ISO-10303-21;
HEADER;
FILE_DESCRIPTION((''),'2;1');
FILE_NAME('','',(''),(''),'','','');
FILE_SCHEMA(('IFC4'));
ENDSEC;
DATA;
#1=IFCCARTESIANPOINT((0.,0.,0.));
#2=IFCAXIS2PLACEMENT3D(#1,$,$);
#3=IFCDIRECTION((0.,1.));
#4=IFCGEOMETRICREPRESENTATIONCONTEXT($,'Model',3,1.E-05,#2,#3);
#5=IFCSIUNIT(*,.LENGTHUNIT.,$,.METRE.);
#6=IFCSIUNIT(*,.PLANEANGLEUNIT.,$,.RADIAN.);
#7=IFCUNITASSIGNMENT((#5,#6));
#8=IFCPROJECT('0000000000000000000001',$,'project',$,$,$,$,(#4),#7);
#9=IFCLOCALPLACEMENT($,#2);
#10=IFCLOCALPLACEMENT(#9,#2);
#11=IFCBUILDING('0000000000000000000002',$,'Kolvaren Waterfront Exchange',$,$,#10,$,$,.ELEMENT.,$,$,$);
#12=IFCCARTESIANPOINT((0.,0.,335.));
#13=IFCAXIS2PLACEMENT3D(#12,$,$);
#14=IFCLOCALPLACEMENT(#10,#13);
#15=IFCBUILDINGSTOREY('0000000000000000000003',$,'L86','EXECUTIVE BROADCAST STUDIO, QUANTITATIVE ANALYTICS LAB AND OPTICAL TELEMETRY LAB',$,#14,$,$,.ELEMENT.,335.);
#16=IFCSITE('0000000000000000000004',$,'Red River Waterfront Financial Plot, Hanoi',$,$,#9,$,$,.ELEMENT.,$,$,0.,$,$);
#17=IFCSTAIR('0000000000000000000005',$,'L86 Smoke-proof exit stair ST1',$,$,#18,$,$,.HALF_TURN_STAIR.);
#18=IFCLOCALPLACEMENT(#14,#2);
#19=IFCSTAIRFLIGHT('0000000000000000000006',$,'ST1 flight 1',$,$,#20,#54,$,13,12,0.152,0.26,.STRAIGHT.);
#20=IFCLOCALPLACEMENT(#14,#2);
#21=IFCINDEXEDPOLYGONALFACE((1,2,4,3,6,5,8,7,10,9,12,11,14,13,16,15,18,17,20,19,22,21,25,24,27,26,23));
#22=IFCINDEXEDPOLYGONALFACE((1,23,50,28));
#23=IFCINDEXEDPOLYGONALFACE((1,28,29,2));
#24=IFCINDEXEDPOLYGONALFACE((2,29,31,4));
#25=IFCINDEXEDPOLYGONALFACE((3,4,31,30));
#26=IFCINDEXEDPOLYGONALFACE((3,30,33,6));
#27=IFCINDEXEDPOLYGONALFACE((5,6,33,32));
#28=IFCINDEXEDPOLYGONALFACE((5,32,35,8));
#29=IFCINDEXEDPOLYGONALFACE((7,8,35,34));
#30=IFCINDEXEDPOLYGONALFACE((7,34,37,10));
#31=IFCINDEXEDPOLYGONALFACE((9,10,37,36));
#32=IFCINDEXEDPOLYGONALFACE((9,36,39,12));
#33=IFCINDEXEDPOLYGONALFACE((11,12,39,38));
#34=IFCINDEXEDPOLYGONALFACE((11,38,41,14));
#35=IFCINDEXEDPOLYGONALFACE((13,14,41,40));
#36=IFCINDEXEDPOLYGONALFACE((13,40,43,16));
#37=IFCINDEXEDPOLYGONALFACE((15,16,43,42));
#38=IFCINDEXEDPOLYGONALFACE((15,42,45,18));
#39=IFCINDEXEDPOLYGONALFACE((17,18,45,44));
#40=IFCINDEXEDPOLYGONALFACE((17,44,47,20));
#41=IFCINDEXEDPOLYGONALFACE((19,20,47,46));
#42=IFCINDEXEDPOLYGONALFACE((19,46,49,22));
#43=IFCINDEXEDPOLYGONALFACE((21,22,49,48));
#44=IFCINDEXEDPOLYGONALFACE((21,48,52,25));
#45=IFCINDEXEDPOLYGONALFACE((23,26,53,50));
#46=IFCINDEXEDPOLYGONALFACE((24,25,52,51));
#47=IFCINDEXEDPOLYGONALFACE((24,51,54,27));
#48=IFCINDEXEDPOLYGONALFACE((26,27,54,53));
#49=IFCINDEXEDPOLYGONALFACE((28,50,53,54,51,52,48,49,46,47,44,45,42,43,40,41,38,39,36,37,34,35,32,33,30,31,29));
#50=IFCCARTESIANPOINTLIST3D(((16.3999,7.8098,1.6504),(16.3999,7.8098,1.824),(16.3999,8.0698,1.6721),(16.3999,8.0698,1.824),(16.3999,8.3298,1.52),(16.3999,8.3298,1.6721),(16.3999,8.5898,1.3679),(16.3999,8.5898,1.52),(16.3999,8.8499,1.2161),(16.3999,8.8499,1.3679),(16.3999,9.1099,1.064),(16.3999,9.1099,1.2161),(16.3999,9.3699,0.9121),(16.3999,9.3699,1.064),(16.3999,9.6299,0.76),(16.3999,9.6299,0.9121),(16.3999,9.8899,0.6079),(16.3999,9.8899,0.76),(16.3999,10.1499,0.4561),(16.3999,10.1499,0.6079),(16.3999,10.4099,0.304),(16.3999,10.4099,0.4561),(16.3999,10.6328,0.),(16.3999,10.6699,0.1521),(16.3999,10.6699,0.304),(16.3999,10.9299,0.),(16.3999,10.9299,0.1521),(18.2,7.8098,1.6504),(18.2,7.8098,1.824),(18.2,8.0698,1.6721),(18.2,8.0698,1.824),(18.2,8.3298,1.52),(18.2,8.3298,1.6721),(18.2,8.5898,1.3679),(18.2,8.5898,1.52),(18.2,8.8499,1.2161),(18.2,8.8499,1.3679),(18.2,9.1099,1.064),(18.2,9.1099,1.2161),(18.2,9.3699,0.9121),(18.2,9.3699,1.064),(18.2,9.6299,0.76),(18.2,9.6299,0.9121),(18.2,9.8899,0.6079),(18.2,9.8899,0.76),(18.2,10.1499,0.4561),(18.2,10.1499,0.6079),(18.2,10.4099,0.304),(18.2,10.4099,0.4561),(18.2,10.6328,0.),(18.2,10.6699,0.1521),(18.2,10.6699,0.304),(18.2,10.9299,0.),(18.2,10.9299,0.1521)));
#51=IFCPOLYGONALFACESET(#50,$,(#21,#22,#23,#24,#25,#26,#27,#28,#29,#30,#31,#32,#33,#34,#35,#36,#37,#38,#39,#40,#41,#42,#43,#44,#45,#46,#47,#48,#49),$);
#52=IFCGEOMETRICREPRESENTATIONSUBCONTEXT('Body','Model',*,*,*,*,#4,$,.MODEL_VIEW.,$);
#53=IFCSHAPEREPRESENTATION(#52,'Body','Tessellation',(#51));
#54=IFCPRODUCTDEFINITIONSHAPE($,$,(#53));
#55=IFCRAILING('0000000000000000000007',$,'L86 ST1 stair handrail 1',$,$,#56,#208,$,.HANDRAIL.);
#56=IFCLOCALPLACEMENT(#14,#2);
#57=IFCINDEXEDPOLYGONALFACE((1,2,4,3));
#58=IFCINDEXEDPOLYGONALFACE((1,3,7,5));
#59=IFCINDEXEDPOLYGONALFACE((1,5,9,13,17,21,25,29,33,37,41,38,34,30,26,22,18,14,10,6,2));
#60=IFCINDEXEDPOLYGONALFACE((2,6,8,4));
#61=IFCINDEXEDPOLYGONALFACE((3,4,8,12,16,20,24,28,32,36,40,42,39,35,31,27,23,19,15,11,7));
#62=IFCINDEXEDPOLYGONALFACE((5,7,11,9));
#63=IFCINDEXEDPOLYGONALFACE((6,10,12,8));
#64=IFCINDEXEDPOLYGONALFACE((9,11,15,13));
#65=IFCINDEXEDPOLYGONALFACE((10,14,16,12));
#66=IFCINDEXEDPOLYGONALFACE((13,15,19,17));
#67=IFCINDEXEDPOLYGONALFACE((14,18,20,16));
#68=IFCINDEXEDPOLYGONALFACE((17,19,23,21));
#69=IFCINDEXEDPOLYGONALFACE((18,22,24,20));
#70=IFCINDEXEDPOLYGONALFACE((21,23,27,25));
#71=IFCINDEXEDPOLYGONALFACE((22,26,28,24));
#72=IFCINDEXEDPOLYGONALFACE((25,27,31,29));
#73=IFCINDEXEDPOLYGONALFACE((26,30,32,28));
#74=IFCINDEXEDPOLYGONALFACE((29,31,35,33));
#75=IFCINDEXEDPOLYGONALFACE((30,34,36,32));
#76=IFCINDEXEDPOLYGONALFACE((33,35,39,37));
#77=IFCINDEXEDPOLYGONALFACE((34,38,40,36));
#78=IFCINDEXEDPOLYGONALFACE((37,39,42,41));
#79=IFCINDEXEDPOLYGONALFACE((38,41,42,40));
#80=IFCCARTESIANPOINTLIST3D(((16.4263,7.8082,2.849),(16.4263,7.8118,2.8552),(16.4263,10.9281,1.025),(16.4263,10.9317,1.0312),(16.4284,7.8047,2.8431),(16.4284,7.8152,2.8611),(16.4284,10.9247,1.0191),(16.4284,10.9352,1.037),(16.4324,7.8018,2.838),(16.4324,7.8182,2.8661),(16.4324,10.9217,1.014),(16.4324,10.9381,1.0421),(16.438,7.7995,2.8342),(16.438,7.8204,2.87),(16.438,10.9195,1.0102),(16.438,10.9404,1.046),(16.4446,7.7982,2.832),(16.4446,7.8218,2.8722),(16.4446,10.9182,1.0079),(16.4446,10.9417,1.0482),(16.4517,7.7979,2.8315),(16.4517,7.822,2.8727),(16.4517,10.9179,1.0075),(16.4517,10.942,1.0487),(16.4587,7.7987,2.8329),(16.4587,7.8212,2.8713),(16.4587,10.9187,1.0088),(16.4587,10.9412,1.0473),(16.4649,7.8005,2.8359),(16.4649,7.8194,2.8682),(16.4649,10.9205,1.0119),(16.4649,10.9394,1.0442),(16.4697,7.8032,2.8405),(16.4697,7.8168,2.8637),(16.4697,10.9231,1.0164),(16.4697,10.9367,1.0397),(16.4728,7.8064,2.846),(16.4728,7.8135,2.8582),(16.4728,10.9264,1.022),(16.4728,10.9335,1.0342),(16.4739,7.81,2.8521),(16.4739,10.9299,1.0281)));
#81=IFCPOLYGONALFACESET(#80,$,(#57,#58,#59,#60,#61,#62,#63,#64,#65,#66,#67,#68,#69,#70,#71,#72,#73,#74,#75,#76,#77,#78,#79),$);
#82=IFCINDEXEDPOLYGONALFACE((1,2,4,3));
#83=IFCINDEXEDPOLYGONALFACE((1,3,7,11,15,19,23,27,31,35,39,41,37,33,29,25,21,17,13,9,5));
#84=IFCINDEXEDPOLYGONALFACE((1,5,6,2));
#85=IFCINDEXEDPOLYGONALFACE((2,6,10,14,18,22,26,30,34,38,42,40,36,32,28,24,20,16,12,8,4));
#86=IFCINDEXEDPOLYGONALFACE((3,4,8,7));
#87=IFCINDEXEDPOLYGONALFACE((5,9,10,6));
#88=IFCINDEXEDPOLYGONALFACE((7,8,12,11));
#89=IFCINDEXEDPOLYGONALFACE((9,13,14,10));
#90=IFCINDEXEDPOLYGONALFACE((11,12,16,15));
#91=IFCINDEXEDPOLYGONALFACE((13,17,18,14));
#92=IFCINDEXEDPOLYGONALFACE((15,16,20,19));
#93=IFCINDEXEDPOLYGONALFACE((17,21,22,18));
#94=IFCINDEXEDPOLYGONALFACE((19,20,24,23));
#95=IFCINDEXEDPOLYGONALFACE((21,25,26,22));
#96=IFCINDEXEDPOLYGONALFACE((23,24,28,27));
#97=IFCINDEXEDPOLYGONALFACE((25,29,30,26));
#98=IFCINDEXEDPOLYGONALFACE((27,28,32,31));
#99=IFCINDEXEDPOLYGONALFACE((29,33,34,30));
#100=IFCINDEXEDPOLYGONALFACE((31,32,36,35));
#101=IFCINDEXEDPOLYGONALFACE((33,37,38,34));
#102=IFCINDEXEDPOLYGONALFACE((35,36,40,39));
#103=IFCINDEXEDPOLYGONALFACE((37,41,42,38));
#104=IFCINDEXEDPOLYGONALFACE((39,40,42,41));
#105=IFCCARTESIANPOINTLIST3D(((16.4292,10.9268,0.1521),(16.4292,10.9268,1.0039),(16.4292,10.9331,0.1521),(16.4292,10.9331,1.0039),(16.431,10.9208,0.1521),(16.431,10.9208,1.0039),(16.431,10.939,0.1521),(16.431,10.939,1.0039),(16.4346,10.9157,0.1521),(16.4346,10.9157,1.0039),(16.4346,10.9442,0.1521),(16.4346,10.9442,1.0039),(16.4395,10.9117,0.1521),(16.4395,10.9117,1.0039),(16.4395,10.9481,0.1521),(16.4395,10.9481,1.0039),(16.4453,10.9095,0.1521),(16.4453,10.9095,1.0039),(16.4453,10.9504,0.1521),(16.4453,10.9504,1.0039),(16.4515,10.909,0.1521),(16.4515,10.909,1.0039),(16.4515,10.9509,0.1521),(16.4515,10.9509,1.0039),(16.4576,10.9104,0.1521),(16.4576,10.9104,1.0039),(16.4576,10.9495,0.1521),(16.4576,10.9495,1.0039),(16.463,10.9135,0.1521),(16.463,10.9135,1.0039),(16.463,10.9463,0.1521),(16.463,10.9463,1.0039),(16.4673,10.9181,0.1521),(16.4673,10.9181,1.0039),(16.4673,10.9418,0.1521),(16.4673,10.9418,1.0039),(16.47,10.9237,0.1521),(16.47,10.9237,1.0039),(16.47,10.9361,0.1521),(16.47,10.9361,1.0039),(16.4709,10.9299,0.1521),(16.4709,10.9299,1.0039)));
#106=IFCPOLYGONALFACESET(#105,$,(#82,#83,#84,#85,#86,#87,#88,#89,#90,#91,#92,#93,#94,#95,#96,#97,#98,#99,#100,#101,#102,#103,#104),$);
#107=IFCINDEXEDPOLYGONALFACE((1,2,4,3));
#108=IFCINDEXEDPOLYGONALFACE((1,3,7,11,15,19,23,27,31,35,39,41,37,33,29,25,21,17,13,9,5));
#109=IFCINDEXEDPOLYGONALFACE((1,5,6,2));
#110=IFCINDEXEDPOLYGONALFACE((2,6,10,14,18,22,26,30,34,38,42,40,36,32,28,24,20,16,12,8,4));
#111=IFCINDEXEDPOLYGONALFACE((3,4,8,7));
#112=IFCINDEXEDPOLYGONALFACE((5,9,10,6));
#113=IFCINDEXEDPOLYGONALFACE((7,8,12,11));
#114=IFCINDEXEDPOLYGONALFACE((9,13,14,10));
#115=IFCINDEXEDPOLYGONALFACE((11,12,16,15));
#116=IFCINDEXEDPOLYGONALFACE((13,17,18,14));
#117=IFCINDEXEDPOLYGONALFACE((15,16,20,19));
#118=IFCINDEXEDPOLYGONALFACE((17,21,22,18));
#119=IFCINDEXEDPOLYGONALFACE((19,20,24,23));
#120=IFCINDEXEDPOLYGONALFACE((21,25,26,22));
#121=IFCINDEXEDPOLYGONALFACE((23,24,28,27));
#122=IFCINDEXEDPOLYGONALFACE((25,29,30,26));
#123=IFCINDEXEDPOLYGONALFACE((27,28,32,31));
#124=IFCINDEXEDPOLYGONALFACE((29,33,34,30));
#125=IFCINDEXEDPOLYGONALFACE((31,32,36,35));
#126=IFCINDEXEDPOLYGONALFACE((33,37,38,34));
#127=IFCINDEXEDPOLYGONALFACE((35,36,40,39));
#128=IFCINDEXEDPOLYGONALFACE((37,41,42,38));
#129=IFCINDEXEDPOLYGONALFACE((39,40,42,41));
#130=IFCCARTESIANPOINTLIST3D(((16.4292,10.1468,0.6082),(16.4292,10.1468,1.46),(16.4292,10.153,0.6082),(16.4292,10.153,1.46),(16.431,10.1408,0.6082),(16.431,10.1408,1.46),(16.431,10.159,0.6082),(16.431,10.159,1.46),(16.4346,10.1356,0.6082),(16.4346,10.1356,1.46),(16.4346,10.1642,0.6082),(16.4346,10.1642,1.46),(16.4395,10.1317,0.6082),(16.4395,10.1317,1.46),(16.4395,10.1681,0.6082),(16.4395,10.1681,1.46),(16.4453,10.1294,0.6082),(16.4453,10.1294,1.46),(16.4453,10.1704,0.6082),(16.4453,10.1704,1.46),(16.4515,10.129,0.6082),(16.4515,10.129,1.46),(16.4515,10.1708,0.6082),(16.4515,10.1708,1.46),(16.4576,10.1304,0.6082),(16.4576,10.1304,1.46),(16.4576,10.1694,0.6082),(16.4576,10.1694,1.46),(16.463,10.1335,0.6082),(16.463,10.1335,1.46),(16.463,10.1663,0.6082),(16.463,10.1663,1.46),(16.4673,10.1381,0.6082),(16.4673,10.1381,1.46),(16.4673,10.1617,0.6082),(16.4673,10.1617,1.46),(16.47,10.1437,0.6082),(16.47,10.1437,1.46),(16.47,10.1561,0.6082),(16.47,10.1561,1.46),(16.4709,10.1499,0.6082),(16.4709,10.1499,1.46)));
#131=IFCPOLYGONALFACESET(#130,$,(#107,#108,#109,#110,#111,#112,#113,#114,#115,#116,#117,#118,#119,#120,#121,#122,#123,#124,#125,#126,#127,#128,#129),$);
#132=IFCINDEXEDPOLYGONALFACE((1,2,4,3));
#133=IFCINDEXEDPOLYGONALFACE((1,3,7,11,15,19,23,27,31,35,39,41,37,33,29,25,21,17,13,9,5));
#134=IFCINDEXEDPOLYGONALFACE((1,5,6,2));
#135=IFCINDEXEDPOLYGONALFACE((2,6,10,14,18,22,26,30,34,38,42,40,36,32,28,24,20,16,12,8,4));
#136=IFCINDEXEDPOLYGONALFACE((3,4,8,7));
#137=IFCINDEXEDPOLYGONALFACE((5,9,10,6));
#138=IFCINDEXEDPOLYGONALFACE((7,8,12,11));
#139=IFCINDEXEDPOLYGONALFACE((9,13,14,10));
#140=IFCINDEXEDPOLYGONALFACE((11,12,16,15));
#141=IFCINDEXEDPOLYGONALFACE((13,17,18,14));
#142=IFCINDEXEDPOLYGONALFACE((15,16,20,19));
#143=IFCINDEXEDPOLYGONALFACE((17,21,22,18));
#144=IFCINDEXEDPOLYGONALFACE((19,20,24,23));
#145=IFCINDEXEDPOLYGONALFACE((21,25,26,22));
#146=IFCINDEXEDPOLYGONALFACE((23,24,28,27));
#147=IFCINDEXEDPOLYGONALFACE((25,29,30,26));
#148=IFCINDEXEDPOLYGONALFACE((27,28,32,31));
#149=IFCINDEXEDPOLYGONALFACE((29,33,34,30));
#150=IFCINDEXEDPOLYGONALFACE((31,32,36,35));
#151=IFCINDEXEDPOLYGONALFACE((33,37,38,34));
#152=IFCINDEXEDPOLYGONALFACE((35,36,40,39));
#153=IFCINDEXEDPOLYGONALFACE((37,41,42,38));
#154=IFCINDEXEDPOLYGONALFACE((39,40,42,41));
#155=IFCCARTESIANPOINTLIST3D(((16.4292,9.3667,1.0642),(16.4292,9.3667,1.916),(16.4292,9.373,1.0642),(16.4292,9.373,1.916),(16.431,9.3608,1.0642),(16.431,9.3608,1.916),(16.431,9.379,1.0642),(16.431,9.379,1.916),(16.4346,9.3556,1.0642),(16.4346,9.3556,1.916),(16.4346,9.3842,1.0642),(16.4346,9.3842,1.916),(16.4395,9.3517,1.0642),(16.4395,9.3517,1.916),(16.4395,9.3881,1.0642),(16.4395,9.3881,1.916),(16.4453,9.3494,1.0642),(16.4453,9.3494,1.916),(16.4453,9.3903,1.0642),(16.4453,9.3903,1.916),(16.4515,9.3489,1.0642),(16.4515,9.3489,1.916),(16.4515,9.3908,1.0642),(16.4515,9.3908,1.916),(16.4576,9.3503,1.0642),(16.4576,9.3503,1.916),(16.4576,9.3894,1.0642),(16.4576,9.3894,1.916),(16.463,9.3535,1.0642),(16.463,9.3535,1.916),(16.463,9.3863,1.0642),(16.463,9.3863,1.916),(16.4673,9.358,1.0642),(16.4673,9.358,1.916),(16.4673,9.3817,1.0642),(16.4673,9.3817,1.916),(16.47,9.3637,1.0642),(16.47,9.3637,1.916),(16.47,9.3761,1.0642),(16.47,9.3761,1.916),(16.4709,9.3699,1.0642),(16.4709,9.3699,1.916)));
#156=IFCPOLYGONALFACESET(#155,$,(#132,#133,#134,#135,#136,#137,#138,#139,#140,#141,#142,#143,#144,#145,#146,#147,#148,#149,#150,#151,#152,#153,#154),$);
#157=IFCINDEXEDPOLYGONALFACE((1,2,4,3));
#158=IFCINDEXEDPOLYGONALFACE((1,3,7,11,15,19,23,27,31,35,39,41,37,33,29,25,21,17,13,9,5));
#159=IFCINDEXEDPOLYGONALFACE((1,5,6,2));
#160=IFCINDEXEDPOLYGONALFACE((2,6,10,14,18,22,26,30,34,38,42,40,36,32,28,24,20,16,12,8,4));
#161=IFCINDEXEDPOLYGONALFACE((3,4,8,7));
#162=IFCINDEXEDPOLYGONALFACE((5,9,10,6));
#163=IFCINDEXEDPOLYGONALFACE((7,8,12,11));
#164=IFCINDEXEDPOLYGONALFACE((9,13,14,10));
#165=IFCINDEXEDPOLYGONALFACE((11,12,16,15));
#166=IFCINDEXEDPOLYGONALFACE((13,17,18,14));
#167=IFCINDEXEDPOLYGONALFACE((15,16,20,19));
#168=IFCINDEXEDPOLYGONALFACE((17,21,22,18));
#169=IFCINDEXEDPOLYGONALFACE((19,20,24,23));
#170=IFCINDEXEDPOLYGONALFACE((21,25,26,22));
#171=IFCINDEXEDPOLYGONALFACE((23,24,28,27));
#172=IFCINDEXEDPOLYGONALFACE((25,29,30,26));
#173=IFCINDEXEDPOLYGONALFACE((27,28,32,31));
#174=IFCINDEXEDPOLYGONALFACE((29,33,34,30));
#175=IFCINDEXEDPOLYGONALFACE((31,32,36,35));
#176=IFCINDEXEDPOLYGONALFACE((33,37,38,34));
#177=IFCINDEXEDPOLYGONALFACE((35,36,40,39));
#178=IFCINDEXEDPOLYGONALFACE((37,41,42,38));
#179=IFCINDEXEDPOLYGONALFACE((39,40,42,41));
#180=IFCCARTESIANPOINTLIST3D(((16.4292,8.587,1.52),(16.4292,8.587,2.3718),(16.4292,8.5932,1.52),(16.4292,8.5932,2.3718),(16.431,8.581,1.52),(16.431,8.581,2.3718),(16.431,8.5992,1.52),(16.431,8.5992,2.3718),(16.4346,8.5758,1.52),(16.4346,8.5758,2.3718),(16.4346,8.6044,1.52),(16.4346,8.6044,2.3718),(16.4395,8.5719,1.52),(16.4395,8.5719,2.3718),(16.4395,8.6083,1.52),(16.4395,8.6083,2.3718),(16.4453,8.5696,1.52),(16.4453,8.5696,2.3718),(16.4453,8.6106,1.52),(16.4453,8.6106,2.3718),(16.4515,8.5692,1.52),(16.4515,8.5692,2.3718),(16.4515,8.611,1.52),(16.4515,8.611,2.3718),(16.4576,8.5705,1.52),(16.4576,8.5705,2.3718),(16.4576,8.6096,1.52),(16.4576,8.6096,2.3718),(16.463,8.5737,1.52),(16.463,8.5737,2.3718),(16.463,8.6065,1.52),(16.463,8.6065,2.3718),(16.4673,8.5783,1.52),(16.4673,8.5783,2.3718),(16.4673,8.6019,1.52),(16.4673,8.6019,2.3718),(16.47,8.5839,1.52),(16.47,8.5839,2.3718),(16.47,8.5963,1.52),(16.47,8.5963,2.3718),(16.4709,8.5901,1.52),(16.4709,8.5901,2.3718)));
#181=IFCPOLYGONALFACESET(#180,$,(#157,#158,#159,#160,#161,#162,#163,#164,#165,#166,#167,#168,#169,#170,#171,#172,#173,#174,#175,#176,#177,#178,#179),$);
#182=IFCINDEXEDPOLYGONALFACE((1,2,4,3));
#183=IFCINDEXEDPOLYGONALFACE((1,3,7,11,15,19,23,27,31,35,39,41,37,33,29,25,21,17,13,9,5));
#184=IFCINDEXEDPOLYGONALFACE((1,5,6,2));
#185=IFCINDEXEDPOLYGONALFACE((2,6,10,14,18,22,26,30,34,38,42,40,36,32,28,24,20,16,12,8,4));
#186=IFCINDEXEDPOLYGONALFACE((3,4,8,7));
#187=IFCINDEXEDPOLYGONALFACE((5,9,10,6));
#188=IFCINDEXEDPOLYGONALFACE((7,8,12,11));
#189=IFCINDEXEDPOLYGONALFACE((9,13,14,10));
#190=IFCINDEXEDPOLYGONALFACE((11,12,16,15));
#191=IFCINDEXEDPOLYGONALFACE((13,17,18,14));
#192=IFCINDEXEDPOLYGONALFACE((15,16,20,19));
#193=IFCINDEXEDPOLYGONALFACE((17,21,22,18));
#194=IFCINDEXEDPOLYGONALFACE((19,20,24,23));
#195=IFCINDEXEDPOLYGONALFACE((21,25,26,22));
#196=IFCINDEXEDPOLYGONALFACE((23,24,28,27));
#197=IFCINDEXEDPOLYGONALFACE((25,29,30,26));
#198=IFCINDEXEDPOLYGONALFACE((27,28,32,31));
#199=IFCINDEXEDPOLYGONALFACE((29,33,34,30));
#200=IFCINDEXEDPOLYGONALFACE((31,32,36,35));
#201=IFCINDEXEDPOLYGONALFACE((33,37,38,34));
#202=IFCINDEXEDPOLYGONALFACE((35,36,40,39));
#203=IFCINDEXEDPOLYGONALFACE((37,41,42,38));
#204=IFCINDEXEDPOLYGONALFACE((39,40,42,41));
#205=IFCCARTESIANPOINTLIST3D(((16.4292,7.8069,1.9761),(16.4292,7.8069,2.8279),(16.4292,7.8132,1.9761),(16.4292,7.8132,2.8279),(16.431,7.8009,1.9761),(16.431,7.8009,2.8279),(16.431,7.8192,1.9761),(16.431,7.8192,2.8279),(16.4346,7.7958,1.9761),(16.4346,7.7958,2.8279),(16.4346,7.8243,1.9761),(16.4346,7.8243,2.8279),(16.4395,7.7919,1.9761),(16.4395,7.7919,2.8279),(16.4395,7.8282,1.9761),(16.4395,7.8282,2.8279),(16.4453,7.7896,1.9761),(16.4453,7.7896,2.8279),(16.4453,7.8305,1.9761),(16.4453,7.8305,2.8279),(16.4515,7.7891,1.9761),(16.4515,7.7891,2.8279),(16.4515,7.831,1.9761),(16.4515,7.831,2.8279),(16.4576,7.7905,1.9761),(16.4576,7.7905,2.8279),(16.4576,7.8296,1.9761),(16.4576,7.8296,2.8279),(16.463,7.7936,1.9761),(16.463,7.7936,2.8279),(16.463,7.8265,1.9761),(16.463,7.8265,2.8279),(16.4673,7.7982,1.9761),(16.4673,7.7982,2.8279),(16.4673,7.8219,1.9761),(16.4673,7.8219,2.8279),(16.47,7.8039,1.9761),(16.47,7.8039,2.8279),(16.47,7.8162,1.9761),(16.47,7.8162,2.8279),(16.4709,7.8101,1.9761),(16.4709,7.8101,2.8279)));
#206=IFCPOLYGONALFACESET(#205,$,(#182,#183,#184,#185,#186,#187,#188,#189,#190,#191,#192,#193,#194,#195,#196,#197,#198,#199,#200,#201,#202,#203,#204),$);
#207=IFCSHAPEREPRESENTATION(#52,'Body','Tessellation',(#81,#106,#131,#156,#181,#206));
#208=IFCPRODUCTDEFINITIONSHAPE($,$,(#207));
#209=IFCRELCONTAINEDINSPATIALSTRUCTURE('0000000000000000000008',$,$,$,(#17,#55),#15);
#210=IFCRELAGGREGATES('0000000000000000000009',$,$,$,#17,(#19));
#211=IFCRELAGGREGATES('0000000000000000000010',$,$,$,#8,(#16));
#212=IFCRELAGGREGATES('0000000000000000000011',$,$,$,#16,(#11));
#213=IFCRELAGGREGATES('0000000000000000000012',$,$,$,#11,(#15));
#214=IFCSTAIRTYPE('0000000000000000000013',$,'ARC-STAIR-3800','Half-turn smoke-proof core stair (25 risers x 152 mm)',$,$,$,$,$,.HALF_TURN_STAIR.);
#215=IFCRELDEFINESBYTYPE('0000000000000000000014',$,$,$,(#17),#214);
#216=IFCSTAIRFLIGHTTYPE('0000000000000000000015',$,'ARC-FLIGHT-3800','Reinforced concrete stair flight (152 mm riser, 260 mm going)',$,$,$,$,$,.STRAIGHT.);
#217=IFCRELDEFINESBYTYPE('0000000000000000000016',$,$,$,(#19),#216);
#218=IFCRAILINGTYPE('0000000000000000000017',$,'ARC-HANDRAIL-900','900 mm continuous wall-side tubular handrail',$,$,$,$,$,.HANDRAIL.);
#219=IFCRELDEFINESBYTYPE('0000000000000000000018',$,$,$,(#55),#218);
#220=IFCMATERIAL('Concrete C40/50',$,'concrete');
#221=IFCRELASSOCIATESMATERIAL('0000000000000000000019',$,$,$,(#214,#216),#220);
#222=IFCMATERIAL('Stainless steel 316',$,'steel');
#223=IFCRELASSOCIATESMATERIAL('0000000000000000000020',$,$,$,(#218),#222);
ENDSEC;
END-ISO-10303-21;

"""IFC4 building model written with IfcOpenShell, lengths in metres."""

from ifc_helpers import new_model, si_unit, direction, frame, origin, origin_2d, place, context, subcontext, project, spatial, polyline, circle, outline, extrude, material, type_object, element, aggregate, save


model = new_model("IFC4")

# Units and contexts
model_context = context("Model", 3, precision=1e-05, world=origin(), true_north=direction((0.0, 1.0)))
body_context = subcontext(model_context, "Body", "Model", "MODEL_VIEW")
ifc_project = project(units=[si_unit("LENGTHUNIT", "METRE"), si_unit("PLANEANGLEUNIT", "RADIAN")], contexts=[model_context])

# Site, building, storey
site_placement = place(None, origin())
site = spatial("IfcSite", under=ifc_project, at=site_placement, Name="Red River Waterfront Financial Plot, Hanoi", CompositionType="ELEMENT", RefElevation=0.0)
building_placement = place(site_placement, origin())
building = spatial("IfcBuilding", under=site, at=building_placement, Name="Kolvaren Waterfront Exchange", CompositionType="ELEMENT")
storey_placement = place(building_placement, frame((0.0, 0.0, 335.0)))
storey = spatial("IfcBuildingStorey", under=building, at=storey_placement, Name="L86", Description="EXECUTIVE BROADCAST STUDIO, QUANTITATIVE ANALYTICS LAB AND OPTICAL TELEMETRY LAB", CompositionType="ELEMENT", Elevation=335.0)

# Shared definitions
ifc_material_1 = material(Name="Concrete C40/50", Category="concrete")

# Stair, stair flight
stair_type = type_object("IfcStairType", Name="ARC-STAIR-3800", Description="Half-turn smoke-proof core stair (25 risers x 152 mm)", PredefinedType="HALF_TURN_STAIR", material=ifc_material_1)
stair_placement = place(storey_placement, origin())
stair = element("IfcStair", 1, at=stair_placement, inside=storey, type_object=stair_type, Name="L86 Smoke-proof exit stair ST1", PredefinedType="HALF_TURN_STAIR")
stair_flight_type = type_object("IfcStairFlightType", Name="ARC-FLIGHT-3800", Description="Reinforced concrete stair flight (152 mm riser, 260 mm going)", PredefinedType="STRAIGHT", material=ifc_material_1)
stair_flight_placement = place(storey_placement, frame((17.3, 10.9299, 0.0), z_axis=(0.0, 0.0, 1.0), x_axis=(0.0, -1.0, 0.0)))
stair_flight = element("IfcStairFlight", 2, at=stair_flight_placement, type_object=stair_flight_type, Name="ST1 flight 1", NumberOfRisers=13, NumberOfTreads=12, PredefinedType="STRAIGHT", RiserHeight=0.152, TreadLength=0.26, context=body_context, shape_type="SweptSolid", body=[
    extrude(outline(polyline([(0.0, 0.0), (0.0, 0.1521), (0.26, 0.1521), (0.26, 0.304), (0.52, 0.304), (0.52, 0.4561), (0.78, 0.4561), (0.78, 0.6079), (1.04, 0.6079), (1.04, 0.76), (1.3, 0.76), (1.3, 0.9121), (1.5601, 0.9121), (1.5601, 1.064), (1.8201, 1.064), (1.8201, 1.2161), (2.0801, 1.2161), (2.0801, 1.3679), (2.3401, 1.3679), (2.3401, 1.52), (2.6001, 1.52), (2.6001, 1.6721), (2.8601, 1.6721), (2.8601, 1.824), (3.1201, 1.824), (3.1201, 1.9761), (3.1201, 1.6504), (0.2971, 0.0), (0.0, 0.0)])), frame((0.0, 0.8999, 0.0), z_axis=(0.0, -1.0, 0.0), x_axis=(1.0, 0.0, 0.0)), (0.0, 0.0, 1.0), 1.8),
])
aggregate(stair, [stair_flight])

# Railing
ifc_material_2 = material(Name="Stainless steel 316", Category="steel")
railing_type = type_object("IfcRailingType", Name="ARC-HANDRAIL-900", Description="900 mm continuous wall-side tubular handrail", PredefinedType="HANDRAIL", material=ifc_material_2)
railing_1_placement = place(storey_placement, frame((16.45, 10.9299, 0.1521)))
element("IfcRailing", 3, at=railing_1_placement, inside=storey, type_object=railing_type, Name="L86 ST1 stair handrail 1", PredefinedType="HANDRAIL", context=body_context, shape_type="SweptSolid", body=[
    extrude(circle(Radius=0.0239, at=origin_2d()), frame((0.0, 0.0, 0.876), z_axis=(0.0, -0.863291, 0.504707), x_axis=(1.0, 0.0, 0.0)), (0.0, 0.0, 1.0), 3.614),
    extrude(circle(Radius=0.021, at=origin_2d()), origin(), (0.0, 0.0, 1.0), 0.8518),
    extrude(circle(Radius=0.021, at=origin_2d()), frame((0.0, -0.78, 0.4561)), (0.0, 0.0, 1.0), 0.8518),
    extrude(circle(Radius=0.021, at=origin_2d()), frame((0.0, -1.5601, 0.9121)), (0.0, 0.0, 1.0), 0.8518),
    extrude(circle(Radius=0.021, at=origin_2d()), frame((0.0, -2.3398, 1.3679)), (0.0, 0.0, 1.0), 0.8518),
    extrude(circle(Radius=0.021, at=origin_2d()), frame((0.0, -3.1199, 1.824)), (0.0, 0.0, 1.0), 0.8518),
])

save(model, "model.ifc")
